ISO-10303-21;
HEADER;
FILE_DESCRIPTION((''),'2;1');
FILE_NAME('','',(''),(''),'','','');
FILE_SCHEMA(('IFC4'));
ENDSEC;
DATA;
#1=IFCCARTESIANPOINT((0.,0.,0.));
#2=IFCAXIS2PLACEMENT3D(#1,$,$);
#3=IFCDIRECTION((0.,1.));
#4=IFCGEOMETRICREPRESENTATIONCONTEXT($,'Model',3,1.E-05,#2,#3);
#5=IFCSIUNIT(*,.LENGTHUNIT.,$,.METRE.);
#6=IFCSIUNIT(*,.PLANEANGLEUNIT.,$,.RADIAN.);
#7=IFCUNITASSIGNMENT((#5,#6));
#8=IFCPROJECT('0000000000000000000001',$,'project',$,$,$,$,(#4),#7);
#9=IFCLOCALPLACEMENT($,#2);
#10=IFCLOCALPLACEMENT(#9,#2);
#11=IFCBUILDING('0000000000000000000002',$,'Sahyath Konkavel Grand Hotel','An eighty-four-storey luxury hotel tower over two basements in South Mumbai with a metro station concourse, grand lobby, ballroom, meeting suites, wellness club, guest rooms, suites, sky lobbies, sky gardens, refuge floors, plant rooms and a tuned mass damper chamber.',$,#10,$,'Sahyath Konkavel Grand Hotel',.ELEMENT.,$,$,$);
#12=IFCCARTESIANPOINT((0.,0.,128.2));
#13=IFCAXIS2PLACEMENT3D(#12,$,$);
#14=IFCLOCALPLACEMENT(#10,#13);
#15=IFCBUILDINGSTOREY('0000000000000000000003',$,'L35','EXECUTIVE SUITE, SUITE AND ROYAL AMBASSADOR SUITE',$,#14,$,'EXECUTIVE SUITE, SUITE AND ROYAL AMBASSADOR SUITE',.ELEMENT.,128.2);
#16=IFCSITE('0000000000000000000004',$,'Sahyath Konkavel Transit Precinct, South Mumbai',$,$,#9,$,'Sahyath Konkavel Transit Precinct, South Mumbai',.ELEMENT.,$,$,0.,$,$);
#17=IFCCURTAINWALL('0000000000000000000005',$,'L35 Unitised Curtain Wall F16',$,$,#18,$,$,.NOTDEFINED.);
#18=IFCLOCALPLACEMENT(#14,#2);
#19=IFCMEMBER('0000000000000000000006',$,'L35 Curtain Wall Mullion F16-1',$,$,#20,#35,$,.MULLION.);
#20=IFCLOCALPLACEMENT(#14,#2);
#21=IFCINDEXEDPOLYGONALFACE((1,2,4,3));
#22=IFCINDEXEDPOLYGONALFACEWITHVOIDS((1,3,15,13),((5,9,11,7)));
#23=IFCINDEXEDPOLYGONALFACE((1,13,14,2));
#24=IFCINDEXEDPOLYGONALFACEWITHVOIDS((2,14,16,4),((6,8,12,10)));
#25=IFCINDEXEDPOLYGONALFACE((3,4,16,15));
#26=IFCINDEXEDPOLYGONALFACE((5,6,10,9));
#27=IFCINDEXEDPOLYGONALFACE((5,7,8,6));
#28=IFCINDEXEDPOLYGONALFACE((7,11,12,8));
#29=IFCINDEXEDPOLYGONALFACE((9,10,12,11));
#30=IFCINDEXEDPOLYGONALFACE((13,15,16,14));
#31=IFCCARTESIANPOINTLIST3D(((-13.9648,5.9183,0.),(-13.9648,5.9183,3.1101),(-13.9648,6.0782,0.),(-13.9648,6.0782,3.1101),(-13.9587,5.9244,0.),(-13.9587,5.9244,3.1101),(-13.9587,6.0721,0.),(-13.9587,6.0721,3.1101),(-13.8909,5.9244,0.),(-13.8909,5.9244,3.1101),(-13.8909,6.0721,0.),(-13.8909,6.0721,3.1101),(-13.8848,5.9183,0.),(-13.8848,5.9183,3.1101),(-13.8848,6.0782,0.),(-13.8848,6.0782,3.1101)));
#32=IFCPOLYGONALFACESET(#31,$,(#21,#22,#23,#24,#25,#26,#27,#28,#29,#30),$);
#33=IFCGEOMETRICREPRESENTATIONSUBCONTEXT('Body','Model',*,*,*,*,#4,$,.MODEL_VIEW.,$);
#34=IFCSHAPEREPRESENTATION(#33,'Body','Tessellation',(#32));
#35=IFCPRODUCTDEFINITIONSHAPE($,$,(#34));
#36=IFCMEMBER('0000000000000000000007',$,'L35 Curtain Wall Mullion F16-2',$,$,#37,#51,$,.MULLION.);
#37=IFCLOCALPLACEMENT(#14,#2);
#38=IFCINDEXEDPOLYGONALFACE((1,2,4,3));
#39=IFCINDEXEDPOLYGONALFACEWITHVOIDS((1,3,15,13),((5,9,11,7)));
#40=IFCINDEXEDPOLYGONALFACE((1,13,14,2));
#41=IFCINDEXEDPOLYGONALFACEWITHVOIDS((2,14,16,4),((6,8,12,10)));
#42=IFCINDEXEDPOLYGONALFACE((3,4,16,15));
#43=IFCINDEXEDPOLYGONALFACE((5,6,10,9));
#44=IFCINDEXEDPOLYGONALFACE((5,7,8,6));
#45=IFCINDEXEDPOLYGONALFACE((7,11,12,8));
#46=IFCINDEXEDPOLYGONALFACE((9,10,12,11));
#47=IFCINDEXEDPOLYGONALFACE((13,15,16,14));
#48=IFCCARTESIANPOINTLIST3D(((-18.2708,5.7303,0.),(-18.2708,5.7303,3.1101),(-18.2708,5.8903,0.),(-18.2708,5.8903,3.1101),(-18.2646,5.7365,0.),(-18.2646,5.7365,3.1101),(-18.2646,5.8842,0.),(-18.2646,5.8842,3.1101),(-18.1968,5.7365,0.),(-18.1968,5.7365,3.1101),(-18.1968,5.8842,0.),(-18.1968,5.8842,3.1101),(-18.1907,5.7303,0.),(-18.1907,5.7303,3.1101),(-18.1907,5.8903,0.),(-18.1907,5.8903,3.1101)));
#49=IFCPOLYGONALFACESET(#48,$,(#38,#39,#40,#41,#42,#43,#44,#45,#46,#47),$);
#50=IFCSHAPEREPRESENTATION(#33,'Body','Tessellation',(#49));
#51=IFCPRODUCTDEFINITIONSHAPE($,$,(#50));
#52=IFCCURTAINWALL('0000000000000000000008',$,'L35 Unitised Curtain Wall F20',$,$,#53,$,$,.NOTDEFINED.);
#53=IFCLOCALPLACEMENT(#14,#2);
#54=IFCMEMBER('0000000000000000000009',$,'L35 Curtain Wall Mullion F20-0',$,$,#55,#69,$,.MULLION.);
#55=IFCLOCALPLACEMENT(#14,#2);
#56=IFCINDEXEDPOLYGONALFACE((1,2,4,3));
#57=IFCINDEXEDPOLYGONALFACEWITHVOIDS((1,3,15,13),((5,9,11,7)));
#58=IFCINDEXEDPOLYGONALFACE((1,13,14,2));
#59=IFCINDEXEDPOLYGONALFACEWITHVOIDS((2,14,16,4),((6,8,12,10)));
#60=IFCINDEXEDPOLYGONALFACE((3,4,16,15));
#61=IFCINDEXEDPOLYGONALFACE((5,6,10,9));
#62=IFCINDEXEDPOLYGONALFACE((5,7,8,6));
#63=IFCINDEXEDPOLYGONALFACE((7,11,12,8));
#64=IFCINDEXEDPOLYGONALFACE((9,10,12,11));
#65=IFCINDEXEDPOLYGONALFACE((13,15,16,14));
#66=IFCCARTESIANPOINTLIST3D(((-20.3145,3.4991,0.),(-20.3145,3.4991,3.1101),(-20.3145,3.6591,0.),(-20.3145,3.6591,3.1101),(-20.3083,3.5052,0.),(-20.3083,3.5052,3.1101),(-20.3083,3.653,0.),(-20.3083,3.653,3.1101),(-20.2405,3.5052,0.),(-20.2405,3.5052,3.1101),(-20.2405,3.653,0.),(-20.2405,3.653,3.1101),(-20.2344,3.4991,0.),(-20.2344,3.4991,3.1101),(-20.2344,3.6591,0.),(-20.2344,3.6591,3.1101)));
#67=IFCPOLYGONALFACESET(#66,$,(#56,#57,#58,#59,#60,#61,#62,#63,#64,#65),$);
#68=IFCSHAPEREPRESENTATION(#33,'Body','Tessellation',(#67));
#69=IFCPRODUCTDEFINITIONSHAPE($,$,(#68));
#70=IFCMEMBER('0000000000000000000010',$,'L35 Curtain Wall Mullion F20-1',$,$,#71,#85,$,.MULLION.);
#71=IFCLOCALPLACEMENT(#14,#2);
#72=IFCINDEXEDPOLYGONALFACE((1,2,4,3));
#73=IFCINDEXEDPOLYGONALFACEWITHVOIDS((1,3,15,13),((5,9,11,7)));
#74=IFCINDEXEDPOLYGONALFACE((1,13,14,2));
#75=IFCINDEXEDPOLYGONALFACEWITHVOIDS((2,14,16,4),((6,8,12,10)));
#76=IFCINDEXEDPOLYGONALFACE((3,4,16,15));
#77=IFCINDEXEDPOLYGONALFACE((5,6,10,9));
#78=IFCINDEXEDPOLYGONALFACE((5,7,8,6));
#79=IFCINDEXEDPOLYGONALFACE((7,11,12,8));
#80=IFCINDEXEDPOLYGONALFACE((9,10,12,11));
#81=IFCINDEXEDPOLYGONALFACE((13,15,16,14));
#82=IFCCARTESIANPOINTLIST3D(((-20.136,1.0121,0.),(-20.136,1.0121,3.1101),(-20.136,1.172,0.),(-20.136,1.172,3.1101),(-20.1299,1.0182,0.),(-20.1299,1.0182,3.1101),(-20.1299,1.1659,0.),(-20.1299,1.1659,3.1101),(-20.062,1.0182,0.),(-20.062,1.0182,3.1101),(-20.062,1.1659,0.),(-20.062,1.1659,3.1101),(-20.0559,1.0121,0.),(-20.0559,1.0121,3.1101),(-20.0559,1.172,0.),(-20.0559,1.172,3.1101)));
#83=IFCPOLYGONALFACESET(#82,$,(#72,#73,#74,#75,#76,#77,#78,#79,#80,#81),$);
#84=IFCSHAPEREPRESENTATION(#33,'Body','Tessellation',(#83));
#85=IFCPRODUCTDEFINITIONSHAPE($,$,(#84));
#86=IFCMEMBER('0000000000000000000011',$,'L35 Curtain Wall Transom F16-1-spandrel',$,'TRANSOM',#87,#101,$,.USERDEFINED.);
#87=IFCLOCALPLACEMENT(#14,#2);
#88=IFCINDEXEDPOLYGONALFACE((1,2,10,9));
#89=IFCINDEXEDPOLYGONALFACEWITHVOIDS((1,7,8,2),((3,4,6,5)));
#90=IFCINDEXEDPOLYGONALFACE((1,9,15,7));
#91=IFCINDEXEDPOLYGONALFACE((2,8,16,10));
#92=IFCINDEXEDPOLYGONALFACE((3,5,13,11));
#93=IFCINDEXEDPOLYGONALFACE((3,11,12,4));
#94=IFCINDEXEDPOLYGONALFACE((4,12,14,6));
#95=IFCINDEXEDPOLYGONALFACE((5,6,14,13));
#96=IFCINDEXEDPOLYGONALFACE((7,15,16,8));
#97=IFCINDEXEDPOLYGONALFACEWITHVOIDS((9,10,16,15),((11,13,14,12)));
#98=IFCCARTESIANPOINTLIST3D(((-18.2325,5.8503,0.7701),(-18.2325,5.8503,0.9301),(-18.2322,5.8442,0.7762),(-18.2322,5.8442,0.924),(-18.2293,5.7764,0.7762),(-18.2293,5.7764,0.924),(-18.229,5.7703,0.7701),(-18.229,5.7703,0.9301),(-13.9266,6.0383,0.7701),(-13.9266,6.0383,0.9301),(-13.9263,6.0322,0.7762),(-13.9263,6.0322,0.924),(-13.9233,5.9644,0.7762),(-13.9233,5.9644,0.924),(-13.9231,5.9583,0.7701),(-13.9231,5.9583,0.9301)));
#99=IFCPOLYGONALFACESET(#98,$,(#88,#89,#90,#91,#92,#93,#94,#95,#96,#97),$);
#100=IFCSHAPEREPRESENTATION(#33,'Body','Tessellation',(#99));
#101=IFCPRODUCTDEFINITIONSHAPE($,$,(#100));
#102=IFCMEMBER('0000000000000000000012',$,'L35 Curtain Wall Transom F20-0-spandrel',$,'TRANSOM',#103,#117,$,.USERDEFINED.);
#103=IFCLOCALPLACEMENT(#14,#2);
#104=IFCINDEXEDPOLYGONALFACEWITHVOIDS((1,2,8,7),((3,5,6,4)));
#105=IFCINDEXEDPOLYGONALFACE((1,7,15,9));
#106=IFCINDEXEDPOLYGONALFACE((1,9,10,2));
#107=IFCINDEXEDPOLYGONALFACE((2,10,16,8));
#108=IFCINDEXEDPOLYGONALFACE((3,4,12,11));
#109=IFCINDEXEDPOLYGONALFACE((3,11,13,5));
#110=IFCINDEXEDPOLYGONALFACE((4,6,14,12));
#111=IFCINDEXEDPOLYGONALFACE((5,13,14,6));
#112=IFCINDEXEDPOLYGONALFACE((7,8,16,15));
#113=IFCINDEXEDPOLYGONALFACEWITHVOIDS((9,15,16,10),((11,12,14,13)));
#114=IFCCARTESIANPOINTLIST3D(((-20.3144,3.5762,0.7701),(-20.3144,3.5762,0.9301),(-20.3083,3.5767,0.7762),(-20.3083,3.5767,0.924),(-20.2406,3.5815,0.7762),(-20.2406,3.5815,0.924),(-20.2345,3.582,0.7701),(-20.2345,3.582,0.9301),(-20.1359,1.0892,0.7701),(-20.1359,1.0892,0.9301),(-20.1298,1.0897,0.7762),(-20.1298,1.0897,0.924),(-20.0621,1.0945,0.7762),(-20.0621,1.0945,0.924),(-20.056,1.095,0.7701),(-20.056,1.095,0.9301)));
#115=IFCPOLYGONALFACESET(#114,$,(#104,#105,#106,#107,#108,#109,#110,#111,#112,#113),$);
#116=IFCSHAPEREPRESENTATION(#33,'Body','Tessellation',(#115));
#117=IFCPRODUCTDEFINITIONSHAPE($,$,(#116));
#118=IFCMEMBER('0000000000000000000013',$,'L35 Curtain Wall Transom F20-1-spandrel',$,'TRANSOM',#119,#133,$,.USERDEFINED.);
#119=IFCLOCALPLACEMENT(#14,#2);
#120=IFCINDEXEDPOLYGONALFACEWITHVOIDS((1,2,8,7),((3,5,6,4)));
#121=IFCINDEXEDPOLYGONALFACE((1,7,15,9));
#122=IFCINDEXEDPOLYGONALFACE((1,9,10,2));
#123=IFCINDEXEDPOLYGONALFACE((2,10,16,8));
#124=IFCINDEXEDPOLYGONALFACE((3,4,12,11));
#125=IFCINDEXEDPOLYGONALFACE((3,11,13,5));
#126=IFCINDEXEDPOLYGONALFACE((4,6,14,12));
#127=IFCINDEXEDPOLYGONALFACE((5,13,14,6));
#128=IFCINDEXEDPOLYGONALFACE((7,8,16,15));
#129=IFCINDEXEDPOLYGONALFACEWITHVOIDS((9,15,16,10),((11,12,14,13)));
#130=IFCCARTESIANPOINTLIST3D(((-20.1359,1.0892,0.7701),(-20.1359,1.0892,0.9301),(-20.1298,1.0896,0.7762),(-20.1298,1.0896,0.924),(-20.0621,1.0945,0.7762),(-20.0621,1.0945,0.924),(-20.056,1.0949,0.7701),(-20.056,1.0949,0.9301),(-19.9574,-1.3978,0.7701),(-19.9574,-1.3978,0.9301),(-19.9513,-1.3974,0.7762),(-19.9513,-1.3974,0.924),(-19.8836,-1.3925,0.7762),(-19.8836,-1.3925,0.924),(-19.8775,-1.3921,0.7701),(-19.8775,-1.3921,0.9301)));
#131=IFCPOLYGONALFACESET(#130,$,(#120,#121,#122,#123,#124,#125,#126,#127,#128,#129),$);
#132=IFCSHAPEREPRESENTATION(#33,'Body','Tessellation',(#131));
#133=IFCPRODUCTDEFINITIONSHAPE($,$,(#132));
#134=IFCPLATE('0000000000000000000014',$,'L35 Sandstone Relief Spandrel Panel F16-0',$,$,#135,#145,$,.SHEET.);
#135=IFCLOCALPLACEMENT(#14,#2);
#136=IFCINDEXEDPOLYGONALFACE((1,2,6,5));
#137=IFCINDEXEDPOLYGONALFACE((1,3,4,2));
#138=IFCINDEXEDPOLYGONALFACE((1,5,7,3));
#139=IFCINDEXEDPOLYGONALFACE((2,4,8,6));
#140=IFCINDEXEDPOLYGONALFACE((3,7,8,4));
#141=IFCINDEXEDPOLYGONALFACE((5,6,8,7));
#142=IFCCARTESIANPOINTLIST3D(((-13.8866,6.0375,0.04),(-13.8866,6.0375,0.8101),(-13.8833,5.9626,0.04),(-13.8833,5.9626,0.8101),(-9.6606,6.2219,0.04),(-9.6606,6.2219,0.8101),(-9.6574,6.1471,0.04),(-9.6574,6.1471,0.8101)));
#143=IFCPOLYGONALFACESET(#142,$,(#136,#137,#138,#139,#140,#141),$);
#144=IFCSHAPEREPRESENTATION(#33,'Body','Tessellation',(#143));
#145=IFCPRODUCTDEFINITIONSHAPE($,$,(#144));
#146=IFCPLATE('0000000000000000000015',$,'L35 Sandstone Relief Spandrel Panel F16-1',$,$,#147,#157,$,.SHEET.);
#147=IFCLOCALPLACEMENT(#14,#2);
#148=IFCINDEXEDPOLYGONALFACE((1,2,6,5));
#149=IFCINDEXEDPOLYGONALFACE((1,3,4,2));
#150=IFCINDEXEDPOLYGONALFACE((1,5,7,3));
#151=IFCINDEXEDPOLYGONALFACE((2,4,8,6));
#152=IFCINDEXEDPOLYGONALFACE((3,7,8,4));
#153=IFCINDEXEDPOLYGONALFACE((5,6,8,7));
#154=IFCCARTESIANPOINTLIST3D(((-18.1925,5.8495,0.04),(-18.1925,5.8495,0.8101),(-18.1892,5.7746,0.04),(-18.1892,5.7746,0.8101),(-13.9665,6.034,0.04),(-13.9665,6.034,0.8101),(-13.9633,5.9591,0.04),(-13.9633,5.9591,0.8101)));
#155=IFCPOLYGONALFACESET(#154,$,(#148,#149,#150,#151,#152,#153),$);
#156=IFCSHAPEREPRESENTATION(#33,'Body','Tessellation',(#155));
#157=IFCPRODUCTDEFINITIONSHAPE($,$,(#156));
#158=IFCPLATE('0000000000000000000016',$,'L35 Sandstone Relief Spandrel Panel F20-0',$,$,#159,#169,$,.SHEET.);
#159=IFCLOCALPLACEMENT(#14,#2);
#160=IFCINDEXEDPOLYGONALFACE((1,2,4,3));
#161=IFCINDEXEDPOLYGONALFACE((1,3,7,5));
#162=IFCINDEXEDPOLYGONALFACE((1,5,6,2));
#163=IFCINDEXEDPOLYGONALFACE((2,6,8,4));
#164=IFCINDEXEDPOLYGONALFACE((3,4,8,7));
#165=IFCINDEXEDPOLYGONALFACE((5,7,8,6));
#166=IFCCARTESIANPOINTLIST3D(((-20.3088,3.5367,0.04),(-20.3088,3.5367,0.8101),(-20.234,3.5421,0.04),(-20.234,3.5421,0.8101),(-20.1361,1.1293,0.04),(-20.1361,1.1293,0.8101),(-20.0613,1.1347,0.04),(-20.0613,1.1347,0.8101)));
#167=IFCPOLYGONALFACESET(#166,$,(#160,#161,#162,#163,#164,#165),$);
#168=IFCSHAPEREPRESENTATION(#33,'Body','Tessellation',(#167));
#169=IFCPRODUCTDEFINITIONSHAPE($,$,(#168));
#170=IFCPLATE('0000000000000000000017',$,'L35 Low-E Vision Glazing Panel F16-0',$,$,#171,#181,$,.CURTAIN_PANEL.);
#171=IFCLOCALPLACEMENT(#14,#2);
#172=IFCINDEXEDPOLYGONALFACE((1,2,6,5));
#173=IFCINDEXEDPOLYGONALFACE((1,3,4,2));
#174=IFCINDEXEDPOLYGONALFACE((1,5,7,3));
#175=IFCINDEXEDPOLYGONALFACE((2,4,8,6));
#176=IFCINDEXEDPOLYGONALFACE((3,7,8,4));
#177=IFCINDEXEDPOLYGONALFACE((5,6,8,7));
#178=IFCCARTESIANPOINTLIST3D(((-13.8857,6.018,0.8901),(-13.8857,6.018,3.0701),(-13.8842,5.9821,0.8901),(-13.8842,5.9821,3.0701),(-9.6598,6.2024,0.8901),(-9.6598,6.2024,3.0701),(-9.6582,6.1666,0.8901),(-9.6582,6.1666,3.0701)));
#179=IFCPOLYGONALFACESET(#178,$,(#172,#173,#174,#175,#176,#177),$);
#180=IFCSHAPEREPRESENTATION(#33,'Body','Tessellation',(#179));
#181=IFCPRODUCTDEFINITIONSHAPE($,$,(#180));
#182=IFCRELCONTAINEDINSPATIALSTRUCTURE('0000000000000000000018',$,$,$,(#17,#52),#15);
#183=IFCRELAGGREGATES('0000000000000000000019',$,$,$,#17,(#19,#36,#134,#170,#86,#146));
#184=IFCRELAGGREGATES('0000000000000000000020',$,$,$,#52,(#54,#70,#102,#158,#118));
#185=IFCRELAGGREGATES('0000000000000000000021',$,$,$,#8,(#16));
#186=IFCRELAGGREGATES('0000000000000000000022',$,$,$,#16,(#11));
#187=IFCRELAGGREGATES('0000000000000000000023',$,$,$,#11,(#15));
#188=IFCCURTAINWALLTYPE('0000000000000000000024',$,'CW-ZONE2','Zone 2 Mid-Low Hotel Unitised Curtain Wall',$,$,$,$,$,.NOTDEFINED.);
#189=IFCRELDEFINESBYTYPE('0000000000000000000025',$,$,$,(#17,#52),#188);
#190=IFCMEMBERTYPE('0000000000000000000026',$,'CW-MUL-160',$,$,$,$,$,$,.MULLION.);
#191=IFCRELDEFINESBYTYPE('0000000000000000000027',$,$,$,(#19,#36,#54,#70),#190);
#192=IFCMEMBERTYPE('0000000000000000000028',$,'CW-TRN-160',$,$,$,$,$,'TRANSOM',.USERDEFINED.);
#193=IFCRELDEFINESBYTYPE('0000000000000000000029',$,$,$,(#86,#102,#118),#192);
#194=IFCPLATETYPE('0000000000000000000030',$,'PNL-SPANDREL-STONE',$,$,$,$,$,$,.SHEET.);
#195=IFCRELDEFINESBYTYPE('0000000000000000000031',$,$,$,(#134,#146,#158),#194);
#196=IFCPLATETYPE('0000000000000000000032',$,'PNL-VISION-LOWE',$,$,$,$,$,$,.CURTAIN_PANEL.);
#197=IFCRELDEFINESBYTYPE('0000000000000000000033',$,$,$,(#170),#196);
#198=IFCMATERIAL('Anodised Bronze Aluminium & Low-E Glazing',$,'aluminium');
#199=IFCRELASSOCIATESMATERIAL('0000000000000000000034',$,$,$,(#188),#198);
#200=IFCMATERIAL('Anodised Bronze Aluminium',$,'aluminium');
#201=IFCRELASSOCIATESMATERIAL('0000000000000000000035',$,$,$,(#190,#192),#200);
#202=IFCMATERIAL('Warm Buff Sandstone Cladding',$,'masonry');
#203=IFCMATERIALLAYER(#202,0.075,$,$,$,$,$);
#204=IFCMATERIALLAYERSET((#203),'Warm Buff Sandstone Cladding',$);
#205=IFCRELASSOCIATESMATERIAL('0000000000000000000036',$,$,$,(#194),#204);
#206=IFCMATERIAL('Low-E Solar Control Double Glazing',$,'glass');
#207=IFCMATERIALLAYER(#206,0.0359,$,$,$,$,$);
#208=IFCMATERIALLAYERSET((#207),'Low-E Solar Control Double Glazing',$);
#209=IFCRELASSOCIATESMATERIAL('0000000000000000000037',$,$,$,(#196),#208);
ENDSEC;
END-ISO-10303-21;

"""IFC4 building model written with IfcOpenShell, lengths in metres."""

from ifc_helpers import new_model, si_unit, direction, frame, origin, origin_2d, place, context, subcontext, project, spatial, rectangle, hollow_rectangle, extrude, source, transform, mapped, material, layer, layer_set, material_profile, profile_set, type_object, element, aggregate, save


model = new_model("IFC4")

# Units and contexts
model_context = context("Model", 3, precision=1e-05, world=origin(), true_north=direction((0.0, 1.0)))
body_context = subcontext(model_context, "Body", "Model", "MODEL_VIEW")
ifc_project = project(units=[si_unit("LENGTHUNIT", "METRE"), si_unit("PLANEANGLEUNIT", "RADIAN")], contexts=[model_context])

# Site, building, storey
site_placement = place(None, origin())
site = spatial("IfcSite", under=ifc_project, at=site_placement, Name="Sahyath Konkavel Transit Precinct, South Mumbai", LongName="Sahyath Konkavel Transit Precinct, South Mumbai", CompositionType="ELEMENT", RefElevation=0.0)
building_placement = place(site_placement, origin())
building = spatial("IfcBuilding", under=site, at=building_placement, Name="Sahyath Konkavel Grand Hotel", Description="An eighty-four-storey luxury hotel tower over two basements in South Mumbai with a metro station concourse, grand lobby, ballroom, meeting suites, wellness club, guest rooms, suites, sky lobbies, sky gardens, refuge floors, plant rooms and a tuned mass damper chamber.", LongName="Sahyath Konkavel Grand Hotel", CompositionType="ELEMENT")
storey_placement = place(building_placement, frame((0.0, 0.0, 128.2)))
storey = spatial("IfcBuildingStorey", under=building, at=storey_placement, Name="L35", Description="EXECUTIVE SUITE, SUITE AND ROYAL AMBASSADOR SUITE", LongName="EXECUTIVE SUITE, SUITE AND ROYAL AMBASSADOR SUITE", CompositionType="ELEMENT", Elevation=128.2)

# Curtain walls, members
ifc_material_1 = material(Name="Anodised Bronze Aluminium & Low-E Glazing", Category="aluminium")
curtain_wall_type = type_object("IfcCurtainWallType", Name="CW-ZONE2", Description="Zone 2 Mid-Low Hotel Unitised Curtain Wall", PredefinedType="NOTDEFINED", material=ifc_material_1)
curtain_wall_1_placement = place(storey_placement, origin())
curtain_wall_1 = element("IfcCurtainWall", 1, at=curtain_wall_1_placement, inside=storey, type_object=curtain_wall_type, Name="L35 Unitised Curtain Wall F16", PredefinedType="NOTDEFINED")
ifc_material_2 = material(Name="Anodised Bronze Aluminium", Category="aluminium")
ifc_material_profile_1 = material_profile(ifc_material_2, hollow_rectangle(XDim=0.0801, YDim=0.1599, WallThickness=0.0061, at=origin_2d()), Name="RHS 160x80x6")
ifc_profile_set_1 = profile_set([ifc_material_profile_1], Name="Anodised Bronze Aluminium")
member_type_1 = type_object("IfcMemberType", Name="CW-MUL-160", PredefinedType="MULLION", material=ifc_profile_set_1)
shared_shape_1 = source(origin(), body_context, "Body", "SweptSolid", [
    extrude(hollow_rectangle(XDim=0.0801, YDim=0.1599, WallThickness=0.0061, at=origin_2d()), origin(), (0.0, 0.0, 1.0), 3.1101),
])
member_1_placement = place(storey_placement, frame((-13.9248, 5.9983, 0.0), z_axis=(0.0, 0.0, 1.0), x_axis=(1.0, 0.0, 0.0)))
member_1 = element("IfcMember", 2, at=member_1_placement, type_object=member_type_1, Name="L35 Curtain Wall Mullion F16-1", PredefinedType="MULLION", context=body_context, shape_type="MappedRepresentation", body=[
    mapped(shared_shape_1, transform((0.0, 0.0, 0.0), scale=1.0)),
])
member_2_placement = place(storey_placement, frame((-18.2307, 5.8103, 0.0), z_axis=(0.0, 0.0, 1.0), x_axis=(1.0, 0.0, 0.0)))
member_2 = element("IfcMember", 3, at=member_2_placement, type_object=member_type_1, Name="L35 Curtain Wall Mullion F16-2", PredefinedType="MULLION", context=body_context, shape_type="MappedRepresentation", body=[
    mapped(shared_shape_1, transform((0.0, 0.0, 0.0), scale=1.0)),
])
curtain_wall_2_placement = place(storey_placement, origin())
curtain_wall_2 = element("IfcCurtainWall", 4, at=curtain_wall_2_placement, inside=storey, type_object=curtain_wall_type, Name="L35 Unitised Curtain Wall F20", PredefinedType="NOTDEFINED")
member_3_placement = place(storey_placement, frame((-20.2744, 3.5791, 0.0), z_axis=(0.0, 0.0, 1.0), x_axis=(1.0, 0.0, 0.0)))
member_3 = element("IfcMember", 5, at=member_3_placement, type_object=member_type_1, Name="L35 Curtain Wall Mullion F20-0", PredefinedType="MULLION", context=body_context, shape_type="MappedRepresentation", body=[
    mapped(shared_shape_1, transform((0.0, 0.0, 0.0), scale=1.0)),
])
member_4_placement = place(storey_placement, frame((-20.0959, 1.092, 0.0), z_axis=(0.0, 0.0, 1.0), x_axis=(1.0, 0.0, 0.0)))
member_4 = element("IfcMember", 6, at=member_4_placement, type_object=member_type_1, Name="L35 Curtain Wall Mullion F20-1", PredefinedType="MULLION", context=body_context, shape_type="MappedRepresentation", body=[
    mapped(shared_shape_1, transform((0.0, 0.0, 0.0), scale=1.0)),
])

# Members
ifc_material_profile_2 = material_profile(ifc_material_2, hollow_rectangle(XDim=0.0801, YDim=0.1599, WallThickness=0.0061, at=origin_2d()), Name="RHS 160x80x6")
ifc_profile_set_2 = profile_set([ifc_material_profile_2], Name="Anodised Bronze Aluminium")
member_type_2 = type_object("IfcMemberType", Name="CW-TRN-160", ElementType="TRANSOM", PredefinedType="USERDEFINED", material=ifc_profile_set_2)
shared_shape_2 = source(origin(), body_context, "Body", "SweptSolid", [
    extrude(hollow_rectangle(XDim=0.0801, YDim=0.1599, WallThickness=0.0061, at=origin_2d()), origin(), (0.0, 0.0, 1.0), 4.3101),
])
member_5_placement = place(storey_placement, frame((-13.9248, 5.9983, 0.8501), z_axis=(-0.999048, -0.043617, 0.0), x_axis=(0.043617, -0.999048, 0.0)))
member_5 = element("IfcMember", 7, at=member_5_placement, type_object=member_type_2, Name="L35 Curtain Wall Transom F16-1-spandrel", ObjectType="TRANSOM", PredefinedType="USERDEFINED", context=body_context, shape_type="MappedRepresentation", body=[
    mapped(shared_shape_2, transform((0.0, 0.0, 0.0), scale=1.0)),
])
shared_shape_3 = source(origin(), body_context, "Body", "SweptSolid", [
    extrude(hollow_rectangle(XDim=0.0801, YDim=0.1599, WallThickness=0.0061, at=origin_2d()), origin(), (0.0, 0.0, 1.0), 2.4934),
])
member_6_placement = place(storey_placement, frame((-20.2744, 3.5791, 0.8501), z_axis=(0.071574, -0.997435, 0.0), x_axis=(0.997435, 0.071574, 0.0)))
member_6 = element("IfcMember", 8, at=member_6_placement, type_object=member_type_2, Name="L35 Curtain Wall Transom F20-0-spandrel", ObjectType="TRANSOM", PredefinedType="USERDEFINED", context=body_context, shape_type="MappedRepresentation", body=[
    mapped(shared_shape_3, transform((0.0, 0.0, 0.0), scale=1.0)),
])
member_7_placement = place(storey_placement, frame((-20.0959, 1.092, 0.8501), z_axis=(0.071574, -0.997435, 0.0), x_axis=(0.997435, 0.071574, 0.0)))
member_7 = element("IfcMember", 9, at=member_7_placement, type_object=member_type_2, Name="L35 Curtain Wall Transom F20-1-spandrel", ObjectType="TRANSOM", PredefinedType="USERDEFINED", context=body_context, shape_type="MappedRepresentation", body=[
    mapped(shared_shape_3, transform((0.0, 0.0, 0.0), scale=1.0)),
])

# Plates
ifc_material_3 = material(Name="Warm Buff Sandstone Cladding", Category="masonry")
ifc_layer_1 = layer(ifc_material_3, 0.075)
ifc_layer_set_1 = layer_set([ifc_layer_1], Name="Warm Buff Sandstone Cladding")
plate_type_1 = type_object("IfcPlateType", Name="PNL-SPANDREL-STONE", PredefinedType="SHEET", material=ifc_layer_set_1)
shared_shape_4 = source(origin(), body_context, "Body", "SweptSolid", [
    extrude(rectangle(XDim=4.23, YDim=0.075, at=origin_2d()), origin(), (0.0, 0.0, 1.0), 0.77),
])
plate_1_placement = place(storey_placement, frame((-11.772, 6.0923, 0.04), z_axis=(0.0, 0.0, 1.0), x_axis=(-0.999049, -0.043602, 0.0)))
plate_1 = element("IfcPlate", 10, at=plate_1_placement, type_object=plate_type_1, Name="L35 Sandstone Relief Spandrel Panel F16-0", PredefinedType="SHEET", context=body_context, shape_type="MappedRepresentation", body=[
    mapped(shared_shape_4, transform((0.0, 0.0, 0.0), scale=1.0)),
])
plate_2_placement = place(storey_placement, frame((-16.0779, 5.9043, 0.04), z_axis=(0.0, 0.0, 1.0), x_axis=(-0.999049, -0.043602, 0.0)))
plate_2 = element("IfcPlate", 11, at=plate_2_placement, type_object=plate_type_1, Name="L35 Sandstone Relief Spandrel Panel F16-1", PredefinedType="SHEET", context=body_context, shape_type="MappedRepresentation", body=[
    mapped(shared_shape_4, transform((0.0, 0.0, 0.0), scale=1.0)),
])
shared_shape_5 = source(origin(), body_context, "Body", "SweptSolid", [
    extrude(rectangle(XDim=2.4136, YDim=0.075, at=origin_2d()), origin(), (0.0, 0.0, 1.0), 0.77),
])
plate_3_placement = place(storey_placement, frame((-20.1851, 2.3357, 0.04), z_axis=(0.0, 0.0, 1.0), x_axis=(0.071567, -0.997436, 0.0)))
plate_3 = element("IfcPlate", 12, at=plate_3_placement, type_object=plate_type_1, Name="L35 Sandstone Relief Spandrel Panel F20-0", PredefinedType="SHEET", context=body_context, shape_type="MappedRepresentation", body=[
    mapped(shared_shape_5, transform((0.0, 0.0, 0.0), scale=1.0)),
])
ifc_material_4 = material(Name="Low-E Solar Control Double Glazing", Category="glass")
ifc_layer_2 = layer(ifc_material_4, 0.0359)
ifc_layer_set_2 = layer_set([ifc_layer_2], Name="Low-E Solar Control Double Glazing")
plate_type_2 = type_object("IfcPlateType", Name="PNL-VISION-LOWE", PredefinedType="CURTAIN_PANEL", material=ifc_layer_set_2)
shared_shape_6 = source(origin(), body_context, "Body", "SweptSolid", [
    extrude(rectangle(XDim=4.23, YDim=0.0359, at=origin_2d()), origin(), (0.0, 0.0, 1.0), 2.1799),
])
plate_4_placement = place(storey_placement, frame((-11.772, 6.0923, 0.8901), z_axis=(0.0, 0.0, 1.0), x_axis=(-0.999049, -0.043602, 0.0)))
plate_4 = element("IfcPlate", 13, at=plate_4_placement, type_object=plate_type_2, Name="L35 Low-E Vision Glazing Panel F16-0", PredefinedType="CURTAIN_PANEL", context=body_context, shape_type="MappedRepresentation", body=[
    mapped(shared_shape_6, transform((0.0, 0.0, 0.0), scale=1.0)),
])
aggregate(curtain_wall_1, [member_1, member_2, plate_1, plate_4, member_5, plate_2])
aggregate(curtain_wall_2, [member_3, member_4, member_6, plate_3, member_7])

save(model, "model.ifc")
